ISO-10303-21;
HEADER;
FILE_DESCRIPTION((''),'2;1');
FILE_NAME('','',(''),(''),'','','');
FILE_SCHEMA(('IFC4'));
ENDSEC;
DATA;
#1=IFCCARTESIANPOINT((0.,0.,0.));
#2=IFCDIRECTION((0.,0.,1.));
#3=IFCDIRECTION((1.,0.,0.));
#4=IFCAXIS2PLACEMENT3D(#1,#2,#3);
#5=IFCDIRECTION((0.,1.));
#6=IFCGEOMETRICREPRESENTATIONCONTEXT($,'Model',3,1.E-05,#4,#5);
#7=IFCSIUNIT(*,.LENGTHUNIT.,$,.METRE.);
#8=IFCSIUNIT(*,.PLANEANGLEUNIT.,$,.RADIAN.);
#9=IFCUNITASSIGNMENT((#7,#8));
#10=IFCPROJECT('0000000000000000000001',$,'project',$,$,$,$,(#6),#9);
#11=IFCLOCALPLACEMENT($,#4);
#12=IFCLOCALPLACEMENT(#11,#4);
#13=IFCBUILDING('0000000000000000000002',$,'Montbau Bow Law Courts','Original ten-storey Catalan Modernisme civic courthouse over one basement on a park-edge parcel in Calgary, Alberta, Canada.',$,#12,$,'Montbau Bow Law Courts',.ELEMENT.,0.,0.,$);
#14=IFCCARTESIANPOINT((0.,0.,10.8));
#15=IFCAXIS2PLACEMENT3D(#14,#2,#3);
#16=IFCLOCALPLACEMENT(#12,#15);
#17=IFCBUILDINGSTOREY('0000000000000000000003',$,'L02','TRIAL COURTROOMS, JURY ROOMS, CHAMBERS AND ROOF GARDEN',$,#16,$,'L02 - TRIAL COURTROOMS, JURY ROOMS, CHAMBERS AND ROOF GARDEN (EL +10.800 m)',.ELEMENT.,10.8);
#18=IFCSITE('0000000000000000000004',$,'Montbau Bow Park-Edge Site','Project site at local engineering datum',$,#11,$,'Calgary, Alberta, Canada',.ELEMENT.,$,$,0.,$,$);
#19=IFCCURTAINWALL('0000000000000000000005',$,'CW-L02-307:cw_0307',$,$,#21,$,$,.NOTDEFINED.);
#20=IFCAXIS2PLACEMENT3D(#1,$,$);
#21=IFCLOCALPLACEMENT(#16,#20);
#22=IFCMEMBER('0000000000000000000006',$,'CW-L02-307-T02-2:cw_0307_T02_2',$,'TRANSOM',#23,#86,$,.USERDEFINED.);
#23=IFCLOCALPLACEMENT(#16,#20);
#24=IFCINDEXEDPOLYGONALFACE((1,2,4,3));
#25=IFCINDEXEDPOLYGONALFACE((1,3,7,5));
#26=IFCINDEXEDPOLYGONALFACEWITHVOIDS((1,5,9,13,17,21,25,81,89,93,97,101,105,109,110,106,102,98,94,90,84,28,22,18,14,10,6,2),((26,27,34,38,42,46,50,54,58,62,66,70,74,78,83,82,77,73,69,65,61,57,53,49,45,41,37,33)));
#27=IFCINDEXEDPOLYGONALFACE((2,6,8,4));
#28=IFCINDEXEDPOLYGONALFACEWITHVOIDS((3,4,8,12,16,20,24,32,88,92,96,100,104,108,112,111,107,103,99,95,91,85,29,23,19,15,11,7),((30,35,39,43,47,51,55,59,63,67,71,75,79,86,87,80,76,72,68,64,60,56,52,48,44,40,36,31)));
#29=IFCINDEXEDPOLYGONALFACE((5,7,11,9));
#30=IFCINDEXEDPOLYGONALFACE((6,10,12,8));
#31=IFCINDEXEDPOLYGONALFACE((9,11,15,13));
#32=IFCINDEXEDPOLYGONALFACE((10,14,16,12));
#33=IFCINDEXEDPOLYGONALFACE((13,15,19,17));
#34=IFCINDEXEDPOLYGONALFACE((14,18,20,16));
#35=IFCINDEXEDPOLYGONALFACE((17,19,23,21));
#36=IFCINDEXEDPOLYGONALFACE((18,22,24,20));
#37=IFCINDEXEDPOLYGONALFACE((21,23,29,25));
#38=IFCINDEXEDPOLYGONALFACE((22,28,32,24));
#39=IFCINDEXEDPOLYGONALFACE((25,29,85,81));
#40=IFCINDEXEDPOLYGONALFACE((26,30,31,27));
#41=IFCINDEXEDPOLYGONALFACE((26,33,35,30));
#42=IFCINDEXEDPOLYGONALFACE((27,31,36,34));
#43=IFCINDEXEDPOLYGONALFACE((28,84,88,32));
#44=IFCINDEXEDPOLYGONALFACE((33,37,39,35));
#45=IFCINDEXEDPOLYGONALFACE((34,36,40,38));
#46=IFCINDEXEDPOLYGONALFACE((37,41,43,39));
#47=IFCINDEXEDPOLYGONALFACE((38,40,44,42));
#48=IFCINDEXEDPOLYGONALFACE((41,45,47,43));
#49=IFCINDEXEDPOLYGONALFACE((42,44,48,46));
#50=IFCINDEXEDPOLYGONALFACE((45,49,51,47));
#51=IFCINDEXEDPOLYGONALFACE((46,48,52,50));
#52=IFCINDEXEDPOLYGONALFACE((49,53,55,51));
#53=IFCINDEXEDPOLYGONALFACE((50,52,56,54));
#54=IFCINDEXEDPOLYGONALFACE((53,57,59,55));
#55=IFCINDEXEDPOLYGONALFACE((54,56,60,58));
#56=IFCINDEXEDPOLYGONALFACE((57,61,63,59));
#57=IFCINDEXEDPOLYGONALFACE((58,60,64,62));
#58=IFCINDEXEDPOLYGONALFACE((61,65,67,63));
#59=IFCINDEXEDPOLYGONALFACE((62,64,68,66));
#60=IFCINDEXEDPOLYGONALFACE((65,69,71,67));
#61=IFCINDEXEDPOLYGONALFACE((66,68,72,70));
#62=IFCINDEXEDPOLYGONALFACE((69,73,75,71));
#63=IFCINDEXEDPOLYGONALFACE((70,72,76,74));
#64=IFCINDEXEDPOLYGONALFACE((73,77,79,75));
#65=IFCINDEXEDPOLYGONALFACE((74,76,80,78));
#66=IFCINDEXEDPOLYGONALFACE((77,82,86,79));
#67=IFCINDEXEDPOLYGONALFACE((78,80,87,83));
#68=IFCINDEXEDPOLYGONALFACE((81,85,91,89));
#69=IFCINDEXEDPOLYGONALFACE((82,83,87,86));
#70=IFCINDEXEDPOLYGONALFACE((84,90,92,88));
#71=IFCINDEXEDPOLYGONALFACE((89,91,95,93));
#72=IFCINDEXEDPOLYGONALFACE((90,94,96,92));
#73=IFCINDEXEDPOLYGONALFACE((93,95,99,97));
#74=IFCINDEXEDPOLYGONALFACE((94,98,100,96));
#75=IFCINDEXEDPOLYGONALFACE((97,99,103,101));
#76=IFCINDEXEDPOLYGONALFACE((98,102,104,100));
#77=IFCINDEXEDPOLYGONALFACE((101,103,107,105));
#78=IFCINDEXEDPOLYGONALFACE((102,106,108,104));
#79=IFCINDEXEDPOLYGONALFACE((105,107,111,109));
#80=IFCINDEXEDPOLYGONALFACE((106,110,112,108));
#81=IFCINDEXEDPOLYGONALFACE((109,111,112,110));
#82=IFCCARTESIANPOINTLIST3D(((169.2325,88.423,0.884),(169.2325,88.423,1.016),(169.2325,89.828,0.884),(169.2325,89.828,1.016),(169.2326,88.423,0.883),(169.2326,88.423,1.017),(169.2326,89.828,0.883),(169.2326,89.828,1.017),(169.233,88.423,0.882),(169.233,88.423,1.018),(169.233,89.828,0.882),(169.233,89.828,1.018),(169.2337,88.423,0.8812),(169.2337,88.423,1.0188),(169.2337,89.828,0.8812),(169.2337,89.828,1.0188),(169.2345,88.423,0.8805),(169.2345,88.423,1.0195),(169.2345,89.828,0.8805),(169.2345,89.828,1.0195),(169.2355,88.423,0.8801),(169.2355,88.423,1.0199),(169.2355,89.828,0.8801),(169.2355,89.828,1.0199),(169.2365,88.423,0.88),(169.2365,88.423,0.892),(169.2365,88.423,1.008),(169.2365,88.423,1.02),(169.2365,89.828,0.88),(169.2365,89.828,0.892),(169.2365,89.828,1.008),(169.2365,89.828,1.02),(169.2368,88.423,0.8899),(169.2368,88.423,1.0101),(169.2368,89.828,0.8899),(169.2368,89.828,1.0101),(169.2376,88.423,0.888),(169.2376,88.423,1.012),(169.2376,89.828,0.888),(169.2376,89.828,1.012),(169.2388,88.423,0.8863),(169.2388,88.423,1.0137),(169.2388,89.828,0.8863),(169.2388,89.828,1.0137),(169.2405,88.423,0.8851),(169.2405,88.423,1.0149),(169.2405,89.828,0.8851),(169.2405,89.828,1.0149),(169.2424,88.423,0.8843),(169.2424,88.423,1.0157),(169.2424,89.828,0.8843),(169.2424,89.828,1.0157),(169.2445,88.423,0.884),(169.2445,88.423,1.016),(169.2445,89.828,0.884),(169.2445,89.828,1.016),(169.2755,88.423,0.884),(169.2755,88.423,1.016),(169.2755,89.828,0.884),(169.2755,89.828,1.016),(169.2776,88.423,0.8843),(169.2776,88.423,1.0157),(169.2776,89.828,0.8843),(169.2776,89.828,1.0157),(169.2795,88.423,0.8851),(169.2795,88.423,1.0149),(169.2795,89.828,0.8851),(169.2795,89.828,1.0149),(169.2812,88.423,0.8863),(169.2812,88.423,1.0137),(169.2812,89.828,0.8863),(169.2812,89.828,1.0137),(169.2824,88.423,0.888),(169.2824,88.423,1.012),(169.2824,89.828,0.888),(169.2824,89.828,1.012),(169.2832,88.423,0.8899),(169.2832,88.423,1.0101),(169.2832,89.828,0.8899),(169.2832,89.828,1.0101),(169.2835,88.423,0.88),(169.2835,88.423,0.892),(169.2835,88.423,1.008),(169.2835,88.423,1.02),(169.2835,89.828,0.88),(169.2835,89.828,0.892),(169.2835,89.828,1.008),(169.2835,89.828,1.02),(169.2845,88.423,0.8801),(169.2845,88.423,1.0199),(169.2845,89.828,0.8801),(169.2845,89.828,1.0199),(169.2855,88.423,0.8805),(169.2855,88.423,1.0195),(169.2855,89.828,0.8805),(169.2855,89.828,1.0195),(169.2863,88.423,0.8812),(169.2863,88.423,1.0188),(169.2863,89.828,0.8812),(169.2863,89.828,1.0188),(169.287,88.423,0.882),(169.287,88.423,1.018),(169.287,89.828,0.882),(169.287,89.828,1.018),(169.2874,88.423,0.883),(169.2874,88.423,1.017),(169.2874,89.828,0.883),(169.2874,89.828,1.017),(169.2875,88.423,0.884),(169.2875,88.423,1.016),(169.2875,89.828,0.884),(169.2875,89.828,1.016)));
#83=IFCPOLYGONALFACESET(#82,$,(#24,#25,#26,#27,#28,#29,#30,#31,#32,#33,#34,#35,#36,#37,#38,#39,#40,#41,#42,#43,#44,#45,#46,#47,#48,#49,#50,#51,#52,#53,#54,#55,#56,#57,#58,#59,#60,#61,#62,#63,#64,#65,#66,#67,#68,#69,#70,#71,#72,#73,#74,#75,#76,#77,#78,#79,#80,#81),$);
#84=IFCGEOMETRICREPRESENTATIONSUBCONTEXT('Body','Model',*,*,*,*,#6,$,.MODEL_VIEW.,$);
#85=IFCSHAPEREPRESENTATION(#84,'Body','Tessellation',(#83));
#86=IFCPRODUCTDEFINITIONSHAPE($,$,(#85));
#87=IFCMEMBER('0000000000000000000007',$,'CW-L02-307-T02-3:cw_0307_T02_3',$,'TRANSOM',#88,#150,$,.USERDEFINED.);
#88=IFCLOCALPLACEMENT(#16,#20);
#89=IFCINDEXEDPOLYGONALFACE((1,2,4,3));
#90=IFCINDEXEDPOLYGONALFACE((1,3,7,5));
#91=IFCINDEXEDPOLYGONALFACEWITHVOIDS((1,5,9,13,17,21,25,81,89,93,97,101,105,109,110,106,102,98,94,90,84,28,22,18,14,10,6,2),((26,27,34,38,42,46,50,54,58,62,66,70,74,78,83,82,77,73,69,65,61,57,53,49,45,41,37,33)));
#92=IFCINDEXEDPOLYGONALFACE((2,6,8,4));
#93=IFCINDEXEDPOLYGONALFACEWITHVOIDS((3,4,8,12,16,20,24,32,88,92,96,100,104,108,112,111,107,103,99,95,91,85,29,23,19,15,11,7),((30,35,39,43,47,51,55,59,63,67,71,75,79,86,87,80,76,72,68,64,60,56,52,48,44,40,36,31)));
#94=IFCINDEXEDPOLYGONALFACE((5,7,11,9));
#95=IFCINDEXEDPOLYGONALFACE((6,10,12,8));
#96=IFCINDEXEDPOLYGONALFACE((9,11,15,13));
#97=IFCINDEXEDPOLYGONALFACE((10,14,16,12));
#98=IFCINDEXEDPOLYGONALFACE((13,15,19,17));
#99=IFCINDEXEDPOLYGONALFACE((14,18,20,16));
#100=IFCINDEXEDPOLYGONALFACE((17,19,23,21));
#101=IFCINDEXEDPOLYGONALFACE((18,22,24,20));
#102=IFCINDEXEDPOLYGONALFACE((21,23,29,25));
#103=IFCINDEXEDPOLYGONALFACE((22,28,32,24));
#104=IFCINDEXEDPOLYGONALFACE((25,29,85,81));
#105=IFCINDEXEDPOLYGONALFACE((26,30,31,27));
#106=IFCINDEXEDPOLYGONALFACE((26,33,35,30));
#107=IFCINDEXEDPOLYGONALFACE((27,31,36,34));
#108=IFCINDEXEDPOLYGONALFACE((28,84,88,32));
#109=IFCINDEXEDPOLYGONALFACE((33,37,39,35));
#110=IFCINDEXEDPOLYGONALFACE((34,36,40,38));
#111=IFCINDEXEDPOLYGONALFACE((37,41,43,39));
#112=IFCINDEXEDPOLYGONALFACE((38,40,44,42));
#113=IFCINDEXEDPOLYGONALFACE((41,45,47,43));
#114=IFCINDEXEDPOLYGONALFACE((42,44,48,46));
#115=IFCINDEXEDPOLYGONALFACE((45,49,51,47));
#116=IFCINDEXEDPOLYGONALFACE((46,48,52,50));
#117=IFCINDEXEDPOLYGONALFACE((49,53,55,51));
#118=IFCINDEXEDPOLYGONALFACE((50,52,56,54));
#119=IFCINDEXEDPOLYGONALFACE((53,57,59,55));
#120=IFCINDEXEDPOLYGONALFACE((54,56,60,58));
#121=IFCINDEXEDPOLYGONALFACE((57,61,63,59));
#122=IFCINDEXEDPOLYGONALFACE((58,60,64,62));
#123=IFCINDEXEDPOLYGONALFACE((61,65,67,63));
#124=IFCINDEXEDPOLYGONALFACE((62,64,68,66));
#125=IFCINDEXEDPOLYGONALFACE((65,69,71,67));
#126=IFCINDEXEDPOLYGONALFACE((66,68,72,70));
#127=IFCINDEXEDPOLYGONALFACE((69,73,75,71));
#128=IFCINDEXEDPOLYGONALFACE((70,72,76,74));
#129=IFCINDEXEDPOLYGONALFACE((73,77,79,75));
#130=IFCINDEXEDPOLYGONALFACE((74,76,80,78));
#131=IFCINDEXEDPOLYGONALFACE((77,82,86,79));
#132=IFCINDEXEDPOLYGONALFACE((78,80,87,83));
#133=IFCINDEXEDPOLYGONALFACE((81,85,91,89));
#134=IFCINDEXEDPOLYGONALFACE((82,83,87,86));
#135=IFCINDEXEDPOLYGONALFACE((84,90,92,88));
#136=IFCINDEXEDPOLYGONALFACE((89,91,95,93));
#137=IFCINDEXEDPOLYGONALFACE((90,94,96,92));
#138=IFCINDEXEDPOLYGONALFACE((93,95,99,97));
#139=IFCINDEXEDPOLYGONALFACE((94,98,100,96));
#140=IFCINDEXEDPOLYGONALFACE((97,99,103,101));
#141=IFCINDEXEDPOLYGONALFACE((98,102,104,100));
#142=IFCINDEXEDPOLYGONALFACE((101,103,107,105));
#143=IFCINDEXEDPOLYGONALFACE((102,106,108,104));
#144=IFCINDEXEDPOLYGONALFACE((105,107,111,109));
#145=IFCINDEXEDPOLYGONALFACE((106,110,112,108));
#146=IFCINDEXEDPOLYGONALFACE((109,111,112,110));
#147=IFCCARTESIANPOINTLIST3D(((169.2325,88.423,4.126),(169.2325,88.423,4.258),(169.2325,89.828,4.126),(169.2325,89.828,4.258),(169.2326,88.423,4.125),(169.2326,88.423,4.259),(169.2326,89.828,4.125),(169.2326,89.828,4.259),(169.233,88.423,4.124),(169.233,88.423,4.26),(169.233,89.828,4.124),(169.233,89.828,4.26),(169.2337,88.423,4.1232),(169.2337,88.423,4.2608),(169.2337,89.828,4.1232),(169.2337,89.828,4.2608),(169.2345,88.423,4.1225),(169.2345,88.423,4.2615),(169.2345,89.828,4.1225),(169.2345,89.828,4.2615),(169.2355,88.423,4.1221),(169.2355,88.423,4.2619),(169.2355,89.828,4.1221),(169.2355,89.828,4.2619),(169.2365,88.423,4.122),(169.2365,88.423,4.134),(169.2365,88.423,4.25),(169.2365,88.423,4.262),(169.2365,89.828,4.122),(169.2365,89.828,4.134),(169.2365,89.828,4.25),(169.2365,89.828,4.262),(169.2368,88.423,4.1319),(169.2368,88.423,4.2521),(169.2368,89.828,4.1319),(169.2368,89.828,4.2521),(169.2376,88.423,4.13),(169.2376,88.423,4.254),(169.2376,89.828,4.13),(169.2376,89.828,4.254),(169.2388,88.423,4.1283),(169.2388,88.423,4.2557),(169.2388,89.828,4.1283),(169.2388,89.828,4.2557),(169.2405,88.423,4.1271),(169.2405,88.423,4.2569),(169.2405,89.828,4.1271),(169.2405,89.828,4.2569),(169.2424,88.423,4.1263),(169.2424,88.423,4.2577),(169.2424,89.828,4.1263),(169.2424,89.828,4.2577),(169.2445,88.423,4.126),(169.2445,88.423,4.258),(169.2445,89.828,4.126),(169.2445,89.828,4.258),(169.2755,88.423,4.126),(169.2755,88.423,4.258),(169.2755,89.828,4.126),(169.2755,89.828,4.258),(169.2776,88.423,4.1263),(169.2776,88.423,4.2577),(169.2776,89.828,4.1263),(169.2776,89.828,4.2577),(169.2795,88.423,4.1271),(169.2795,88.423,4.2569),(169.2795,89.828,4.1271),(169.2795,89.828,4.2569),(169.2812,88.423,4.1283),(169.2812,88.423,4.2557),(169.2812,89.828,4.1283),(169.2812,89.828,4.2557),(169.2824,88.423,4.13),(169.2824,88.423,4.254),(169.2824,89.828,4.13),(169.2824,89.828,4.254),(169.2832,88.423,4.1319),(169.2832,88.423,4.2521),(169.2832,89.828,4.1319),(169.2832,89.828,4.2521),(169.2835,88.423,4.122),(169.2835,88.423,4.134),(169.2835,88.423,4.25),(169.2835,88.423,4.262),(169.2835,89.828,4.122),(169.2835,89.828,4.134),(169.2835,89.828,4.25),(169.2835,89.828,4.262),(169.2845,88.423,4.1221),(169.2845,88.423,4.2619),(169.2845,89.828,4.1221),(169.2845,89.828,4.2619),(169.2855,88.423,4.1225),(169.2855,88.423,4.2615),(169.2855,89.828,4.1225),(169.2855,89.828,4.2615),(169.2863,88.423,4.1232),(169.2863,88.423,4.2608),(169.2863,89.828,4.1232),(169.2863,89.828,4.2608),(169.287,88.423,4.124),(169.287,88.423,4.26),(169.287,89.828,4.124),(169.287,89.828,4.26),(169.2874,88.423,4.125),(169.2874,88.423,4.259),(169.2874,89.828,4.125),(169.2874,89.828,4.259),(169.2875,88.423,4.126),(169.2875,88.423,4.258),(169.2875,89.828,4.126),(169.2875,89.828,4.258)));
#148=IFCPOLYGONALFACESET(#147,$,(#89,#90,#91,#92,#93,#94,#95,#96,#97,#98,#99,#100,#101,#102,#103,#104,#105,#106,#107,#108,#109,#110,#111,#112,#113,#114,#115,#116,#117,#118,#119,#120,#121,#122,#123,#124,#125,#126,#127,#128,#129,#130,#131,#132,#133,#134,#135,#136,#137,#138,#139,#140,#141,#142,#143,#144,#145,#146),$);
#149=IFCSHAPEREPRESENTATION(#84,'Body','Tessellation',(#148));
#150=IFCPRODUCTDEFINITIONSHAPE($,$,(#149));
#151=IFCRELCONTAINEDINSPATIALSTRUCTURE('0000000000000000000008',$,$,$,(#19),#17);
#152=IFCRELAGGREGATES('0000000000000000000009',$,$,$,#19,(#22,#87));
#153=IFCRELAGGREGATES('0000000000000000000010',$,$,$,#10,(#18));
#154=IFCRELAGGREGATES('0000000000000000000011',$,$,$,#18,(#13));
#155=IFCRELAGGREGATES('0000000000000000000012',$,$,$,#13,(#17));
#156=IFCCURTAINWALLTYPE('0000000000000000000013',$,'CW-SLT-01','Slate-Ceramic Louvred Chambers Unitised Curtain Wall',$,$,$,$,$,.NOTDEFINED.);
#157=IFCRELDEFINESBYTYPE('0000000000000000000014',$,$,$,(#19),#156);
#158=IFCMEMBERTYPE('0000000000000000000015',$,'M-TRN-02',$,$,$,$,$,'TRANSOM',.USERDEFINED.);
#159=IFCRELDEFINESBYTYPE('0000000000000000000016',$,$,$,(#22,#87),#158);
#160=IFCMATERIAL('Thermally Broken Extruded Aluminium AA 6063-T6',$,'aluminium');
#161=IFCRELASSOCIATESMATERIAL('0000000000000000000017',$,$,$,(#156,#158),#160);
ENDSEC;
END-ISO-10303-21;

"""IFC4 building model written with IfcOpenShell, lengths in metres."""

from ifc_helpers import new_model, si_unit, direction, frame, origin_with_axes, origin_2d_with_axis, place, context, subcontext, project, spatial, hollow_rectangle, extrude, material, material_profile, profile_set, type_object, element, aggregate, save


model = new_model("IFC4")

# Units and contexts
model_context = context("Model", 3, precision=1e-05, world=origin_with_axes(), true_north=direction((0.0, 1.0)))
body_context = subcontext(model_context, "Body", "Model", "MODEL_VIEW")
ifc_project = project(units=[si_unit("LENGTHUNIT", "METRE"), si_unit("PLANEANGLEUNIT", "RADIAN")], contexts=[model_context])

# Site, building, storey
site_placement = place(None, origin_with_axes())
site = spatial("IfcSite", under=ifc_project, at=site_placement, Name="Montbau Bow Park-Edge Site", Description="Project site at local engineering datum", LongName="Calgary, Alberta, Canada", CompositionType="ELEMENT", RefElevation=0.0)
building_placement = place(site_placement, origin_with_axes())
building = spatial("IfcBuilding", under=site, at=building_placement, Name="Montbau Bow Law Courts", Description="Original ten-storey Catalan Modernisme civic courthouse over one basement on a park-edge parcel in Calgary, Alberta, Canada.", LongName="Montbau Bow Law Courts", CompositionType="ELEMENT", ElevationOfRefHeight=0.0, ElevationOfTerrain=0.0)
storey_placement = place(building_placement, frame((0.0, 0.0, 10.8), z_axis=(0.0, 0.0, 1.0), x_axis=(1.0, 0.0, 0.0)))
storey = spatial("IfcBuildingStorey", under=building, at=storey_placement, Name="L02", Description="TRIAL COURTROOMS, JURY ROOMS, CHAMBERS AND ROOF GARDEN", LongName="L02 - TRIAL COURTROOMS, JURY ROOMS, CHAMBERS AND ROOF GARDEN (EL +10.800 m)", CompositionType="ELEMENT", Elevation=10.8)

# Curtain wall, members
ifc_material_1 = material(Name="Thermally Broken Extruded Aluminium AA 6063-T6", Category="aluminium")
curtain_wall_type = type_object("IfcCurtainWallType", Name="CW-SLT-01", Description="Slate-Ceramic Louvred Chambers Unitised Curtain Wall", PredefinedType="NOTDEFINED", material=ifc_material_1)
curtain_wall_placement = place(None, frame((169.26, 86.915, 10.8), z_axis=(0.0, 0.0, 1.0), x_axis=(1.0, 0.0, 0.0)))
curtain_wall = element("IfcCurtainWall", 1, at=curtain_wall_placement, inside=storey, type_object=curtain_wall_type, Name="CW-L02-307:cw_0307", PredefinedType="NOTDEFINED")
ifc_material_profile_1 = material_profile(ifc_material_1, hollow_rectangle(XDim=0.055, YDim=0.14, WallThickness=0.004, InnerFilletRadius=0.008, OuterFilletRadius=0.004, at=origin_2d_with_axis()), Name="CWT-140X55", Category="Main", Priority=0)
ifc_profile_set_1 = profile_set([ifc_material_profile_1], Name="Thermally Broken Extruded Aluminium AA 6063-T6")
member_type_1 = type_object("IfcMemberType", Name="M-TRN-02", ElementType="TRANSOM", PredefinedType="USERDEFINED", material=ifc_profile_set_1)
member_1_placement = place(None, frame((169.26, 88.423, 11.75), z_axis=(0.0, 1.0, 0.0), x_axis=(-1.0, 0.0, 0.0)))
member_1 = element("IfcMember", 2, at=member_1_placement, type_object=member_type_1, Name="CW-L02-307-T02-2:cw_0307_T02_2", ObjectType="TRANSOM", PredefinedType="USERDEFINED", context=body_context, shape_type="SweptSolid", body=[
    extrude(hollow_rectangle(XDim=0.055, YDim=0.14, WallThickness=0.004, InnerFilletRadius=0.008, OuterFilletRadius=0.004, at=origin_2d_with_axis()), origin_with_axes(), (0.0, 0.0, 1.0), 1.405),
])
member_2_placement = place(None, frame((169.26, 88.423, 14.992), z_axis=(0.0, 1.0, 0.0), x_axis=(-1.0, 0.0, 0.0)))
member_2 = element("IfcMember", 3, at=member_2_placement, type_object=member_type_1, Name="CW-L02-307-T02-3:cw_0307_T02_3", ObjectType="TRANSOM", PredefinedType="USERDEFINED", context=body_context, shape_type="SweptSolid", body=[
    extrude(hollow_rectangle(XDim=0.055, YDim=0.14, WallThickness=0.004, InnerFilletRadius=0.008, OuterFilletRadius=0.004, at=origin_2d_with_axis()), origin_with_axes(), (0.0, 0.0, 1.0), 1.405),
])
aggregate(curtain_wall, [member_1, member_2])

save(model, "model.ifc")
